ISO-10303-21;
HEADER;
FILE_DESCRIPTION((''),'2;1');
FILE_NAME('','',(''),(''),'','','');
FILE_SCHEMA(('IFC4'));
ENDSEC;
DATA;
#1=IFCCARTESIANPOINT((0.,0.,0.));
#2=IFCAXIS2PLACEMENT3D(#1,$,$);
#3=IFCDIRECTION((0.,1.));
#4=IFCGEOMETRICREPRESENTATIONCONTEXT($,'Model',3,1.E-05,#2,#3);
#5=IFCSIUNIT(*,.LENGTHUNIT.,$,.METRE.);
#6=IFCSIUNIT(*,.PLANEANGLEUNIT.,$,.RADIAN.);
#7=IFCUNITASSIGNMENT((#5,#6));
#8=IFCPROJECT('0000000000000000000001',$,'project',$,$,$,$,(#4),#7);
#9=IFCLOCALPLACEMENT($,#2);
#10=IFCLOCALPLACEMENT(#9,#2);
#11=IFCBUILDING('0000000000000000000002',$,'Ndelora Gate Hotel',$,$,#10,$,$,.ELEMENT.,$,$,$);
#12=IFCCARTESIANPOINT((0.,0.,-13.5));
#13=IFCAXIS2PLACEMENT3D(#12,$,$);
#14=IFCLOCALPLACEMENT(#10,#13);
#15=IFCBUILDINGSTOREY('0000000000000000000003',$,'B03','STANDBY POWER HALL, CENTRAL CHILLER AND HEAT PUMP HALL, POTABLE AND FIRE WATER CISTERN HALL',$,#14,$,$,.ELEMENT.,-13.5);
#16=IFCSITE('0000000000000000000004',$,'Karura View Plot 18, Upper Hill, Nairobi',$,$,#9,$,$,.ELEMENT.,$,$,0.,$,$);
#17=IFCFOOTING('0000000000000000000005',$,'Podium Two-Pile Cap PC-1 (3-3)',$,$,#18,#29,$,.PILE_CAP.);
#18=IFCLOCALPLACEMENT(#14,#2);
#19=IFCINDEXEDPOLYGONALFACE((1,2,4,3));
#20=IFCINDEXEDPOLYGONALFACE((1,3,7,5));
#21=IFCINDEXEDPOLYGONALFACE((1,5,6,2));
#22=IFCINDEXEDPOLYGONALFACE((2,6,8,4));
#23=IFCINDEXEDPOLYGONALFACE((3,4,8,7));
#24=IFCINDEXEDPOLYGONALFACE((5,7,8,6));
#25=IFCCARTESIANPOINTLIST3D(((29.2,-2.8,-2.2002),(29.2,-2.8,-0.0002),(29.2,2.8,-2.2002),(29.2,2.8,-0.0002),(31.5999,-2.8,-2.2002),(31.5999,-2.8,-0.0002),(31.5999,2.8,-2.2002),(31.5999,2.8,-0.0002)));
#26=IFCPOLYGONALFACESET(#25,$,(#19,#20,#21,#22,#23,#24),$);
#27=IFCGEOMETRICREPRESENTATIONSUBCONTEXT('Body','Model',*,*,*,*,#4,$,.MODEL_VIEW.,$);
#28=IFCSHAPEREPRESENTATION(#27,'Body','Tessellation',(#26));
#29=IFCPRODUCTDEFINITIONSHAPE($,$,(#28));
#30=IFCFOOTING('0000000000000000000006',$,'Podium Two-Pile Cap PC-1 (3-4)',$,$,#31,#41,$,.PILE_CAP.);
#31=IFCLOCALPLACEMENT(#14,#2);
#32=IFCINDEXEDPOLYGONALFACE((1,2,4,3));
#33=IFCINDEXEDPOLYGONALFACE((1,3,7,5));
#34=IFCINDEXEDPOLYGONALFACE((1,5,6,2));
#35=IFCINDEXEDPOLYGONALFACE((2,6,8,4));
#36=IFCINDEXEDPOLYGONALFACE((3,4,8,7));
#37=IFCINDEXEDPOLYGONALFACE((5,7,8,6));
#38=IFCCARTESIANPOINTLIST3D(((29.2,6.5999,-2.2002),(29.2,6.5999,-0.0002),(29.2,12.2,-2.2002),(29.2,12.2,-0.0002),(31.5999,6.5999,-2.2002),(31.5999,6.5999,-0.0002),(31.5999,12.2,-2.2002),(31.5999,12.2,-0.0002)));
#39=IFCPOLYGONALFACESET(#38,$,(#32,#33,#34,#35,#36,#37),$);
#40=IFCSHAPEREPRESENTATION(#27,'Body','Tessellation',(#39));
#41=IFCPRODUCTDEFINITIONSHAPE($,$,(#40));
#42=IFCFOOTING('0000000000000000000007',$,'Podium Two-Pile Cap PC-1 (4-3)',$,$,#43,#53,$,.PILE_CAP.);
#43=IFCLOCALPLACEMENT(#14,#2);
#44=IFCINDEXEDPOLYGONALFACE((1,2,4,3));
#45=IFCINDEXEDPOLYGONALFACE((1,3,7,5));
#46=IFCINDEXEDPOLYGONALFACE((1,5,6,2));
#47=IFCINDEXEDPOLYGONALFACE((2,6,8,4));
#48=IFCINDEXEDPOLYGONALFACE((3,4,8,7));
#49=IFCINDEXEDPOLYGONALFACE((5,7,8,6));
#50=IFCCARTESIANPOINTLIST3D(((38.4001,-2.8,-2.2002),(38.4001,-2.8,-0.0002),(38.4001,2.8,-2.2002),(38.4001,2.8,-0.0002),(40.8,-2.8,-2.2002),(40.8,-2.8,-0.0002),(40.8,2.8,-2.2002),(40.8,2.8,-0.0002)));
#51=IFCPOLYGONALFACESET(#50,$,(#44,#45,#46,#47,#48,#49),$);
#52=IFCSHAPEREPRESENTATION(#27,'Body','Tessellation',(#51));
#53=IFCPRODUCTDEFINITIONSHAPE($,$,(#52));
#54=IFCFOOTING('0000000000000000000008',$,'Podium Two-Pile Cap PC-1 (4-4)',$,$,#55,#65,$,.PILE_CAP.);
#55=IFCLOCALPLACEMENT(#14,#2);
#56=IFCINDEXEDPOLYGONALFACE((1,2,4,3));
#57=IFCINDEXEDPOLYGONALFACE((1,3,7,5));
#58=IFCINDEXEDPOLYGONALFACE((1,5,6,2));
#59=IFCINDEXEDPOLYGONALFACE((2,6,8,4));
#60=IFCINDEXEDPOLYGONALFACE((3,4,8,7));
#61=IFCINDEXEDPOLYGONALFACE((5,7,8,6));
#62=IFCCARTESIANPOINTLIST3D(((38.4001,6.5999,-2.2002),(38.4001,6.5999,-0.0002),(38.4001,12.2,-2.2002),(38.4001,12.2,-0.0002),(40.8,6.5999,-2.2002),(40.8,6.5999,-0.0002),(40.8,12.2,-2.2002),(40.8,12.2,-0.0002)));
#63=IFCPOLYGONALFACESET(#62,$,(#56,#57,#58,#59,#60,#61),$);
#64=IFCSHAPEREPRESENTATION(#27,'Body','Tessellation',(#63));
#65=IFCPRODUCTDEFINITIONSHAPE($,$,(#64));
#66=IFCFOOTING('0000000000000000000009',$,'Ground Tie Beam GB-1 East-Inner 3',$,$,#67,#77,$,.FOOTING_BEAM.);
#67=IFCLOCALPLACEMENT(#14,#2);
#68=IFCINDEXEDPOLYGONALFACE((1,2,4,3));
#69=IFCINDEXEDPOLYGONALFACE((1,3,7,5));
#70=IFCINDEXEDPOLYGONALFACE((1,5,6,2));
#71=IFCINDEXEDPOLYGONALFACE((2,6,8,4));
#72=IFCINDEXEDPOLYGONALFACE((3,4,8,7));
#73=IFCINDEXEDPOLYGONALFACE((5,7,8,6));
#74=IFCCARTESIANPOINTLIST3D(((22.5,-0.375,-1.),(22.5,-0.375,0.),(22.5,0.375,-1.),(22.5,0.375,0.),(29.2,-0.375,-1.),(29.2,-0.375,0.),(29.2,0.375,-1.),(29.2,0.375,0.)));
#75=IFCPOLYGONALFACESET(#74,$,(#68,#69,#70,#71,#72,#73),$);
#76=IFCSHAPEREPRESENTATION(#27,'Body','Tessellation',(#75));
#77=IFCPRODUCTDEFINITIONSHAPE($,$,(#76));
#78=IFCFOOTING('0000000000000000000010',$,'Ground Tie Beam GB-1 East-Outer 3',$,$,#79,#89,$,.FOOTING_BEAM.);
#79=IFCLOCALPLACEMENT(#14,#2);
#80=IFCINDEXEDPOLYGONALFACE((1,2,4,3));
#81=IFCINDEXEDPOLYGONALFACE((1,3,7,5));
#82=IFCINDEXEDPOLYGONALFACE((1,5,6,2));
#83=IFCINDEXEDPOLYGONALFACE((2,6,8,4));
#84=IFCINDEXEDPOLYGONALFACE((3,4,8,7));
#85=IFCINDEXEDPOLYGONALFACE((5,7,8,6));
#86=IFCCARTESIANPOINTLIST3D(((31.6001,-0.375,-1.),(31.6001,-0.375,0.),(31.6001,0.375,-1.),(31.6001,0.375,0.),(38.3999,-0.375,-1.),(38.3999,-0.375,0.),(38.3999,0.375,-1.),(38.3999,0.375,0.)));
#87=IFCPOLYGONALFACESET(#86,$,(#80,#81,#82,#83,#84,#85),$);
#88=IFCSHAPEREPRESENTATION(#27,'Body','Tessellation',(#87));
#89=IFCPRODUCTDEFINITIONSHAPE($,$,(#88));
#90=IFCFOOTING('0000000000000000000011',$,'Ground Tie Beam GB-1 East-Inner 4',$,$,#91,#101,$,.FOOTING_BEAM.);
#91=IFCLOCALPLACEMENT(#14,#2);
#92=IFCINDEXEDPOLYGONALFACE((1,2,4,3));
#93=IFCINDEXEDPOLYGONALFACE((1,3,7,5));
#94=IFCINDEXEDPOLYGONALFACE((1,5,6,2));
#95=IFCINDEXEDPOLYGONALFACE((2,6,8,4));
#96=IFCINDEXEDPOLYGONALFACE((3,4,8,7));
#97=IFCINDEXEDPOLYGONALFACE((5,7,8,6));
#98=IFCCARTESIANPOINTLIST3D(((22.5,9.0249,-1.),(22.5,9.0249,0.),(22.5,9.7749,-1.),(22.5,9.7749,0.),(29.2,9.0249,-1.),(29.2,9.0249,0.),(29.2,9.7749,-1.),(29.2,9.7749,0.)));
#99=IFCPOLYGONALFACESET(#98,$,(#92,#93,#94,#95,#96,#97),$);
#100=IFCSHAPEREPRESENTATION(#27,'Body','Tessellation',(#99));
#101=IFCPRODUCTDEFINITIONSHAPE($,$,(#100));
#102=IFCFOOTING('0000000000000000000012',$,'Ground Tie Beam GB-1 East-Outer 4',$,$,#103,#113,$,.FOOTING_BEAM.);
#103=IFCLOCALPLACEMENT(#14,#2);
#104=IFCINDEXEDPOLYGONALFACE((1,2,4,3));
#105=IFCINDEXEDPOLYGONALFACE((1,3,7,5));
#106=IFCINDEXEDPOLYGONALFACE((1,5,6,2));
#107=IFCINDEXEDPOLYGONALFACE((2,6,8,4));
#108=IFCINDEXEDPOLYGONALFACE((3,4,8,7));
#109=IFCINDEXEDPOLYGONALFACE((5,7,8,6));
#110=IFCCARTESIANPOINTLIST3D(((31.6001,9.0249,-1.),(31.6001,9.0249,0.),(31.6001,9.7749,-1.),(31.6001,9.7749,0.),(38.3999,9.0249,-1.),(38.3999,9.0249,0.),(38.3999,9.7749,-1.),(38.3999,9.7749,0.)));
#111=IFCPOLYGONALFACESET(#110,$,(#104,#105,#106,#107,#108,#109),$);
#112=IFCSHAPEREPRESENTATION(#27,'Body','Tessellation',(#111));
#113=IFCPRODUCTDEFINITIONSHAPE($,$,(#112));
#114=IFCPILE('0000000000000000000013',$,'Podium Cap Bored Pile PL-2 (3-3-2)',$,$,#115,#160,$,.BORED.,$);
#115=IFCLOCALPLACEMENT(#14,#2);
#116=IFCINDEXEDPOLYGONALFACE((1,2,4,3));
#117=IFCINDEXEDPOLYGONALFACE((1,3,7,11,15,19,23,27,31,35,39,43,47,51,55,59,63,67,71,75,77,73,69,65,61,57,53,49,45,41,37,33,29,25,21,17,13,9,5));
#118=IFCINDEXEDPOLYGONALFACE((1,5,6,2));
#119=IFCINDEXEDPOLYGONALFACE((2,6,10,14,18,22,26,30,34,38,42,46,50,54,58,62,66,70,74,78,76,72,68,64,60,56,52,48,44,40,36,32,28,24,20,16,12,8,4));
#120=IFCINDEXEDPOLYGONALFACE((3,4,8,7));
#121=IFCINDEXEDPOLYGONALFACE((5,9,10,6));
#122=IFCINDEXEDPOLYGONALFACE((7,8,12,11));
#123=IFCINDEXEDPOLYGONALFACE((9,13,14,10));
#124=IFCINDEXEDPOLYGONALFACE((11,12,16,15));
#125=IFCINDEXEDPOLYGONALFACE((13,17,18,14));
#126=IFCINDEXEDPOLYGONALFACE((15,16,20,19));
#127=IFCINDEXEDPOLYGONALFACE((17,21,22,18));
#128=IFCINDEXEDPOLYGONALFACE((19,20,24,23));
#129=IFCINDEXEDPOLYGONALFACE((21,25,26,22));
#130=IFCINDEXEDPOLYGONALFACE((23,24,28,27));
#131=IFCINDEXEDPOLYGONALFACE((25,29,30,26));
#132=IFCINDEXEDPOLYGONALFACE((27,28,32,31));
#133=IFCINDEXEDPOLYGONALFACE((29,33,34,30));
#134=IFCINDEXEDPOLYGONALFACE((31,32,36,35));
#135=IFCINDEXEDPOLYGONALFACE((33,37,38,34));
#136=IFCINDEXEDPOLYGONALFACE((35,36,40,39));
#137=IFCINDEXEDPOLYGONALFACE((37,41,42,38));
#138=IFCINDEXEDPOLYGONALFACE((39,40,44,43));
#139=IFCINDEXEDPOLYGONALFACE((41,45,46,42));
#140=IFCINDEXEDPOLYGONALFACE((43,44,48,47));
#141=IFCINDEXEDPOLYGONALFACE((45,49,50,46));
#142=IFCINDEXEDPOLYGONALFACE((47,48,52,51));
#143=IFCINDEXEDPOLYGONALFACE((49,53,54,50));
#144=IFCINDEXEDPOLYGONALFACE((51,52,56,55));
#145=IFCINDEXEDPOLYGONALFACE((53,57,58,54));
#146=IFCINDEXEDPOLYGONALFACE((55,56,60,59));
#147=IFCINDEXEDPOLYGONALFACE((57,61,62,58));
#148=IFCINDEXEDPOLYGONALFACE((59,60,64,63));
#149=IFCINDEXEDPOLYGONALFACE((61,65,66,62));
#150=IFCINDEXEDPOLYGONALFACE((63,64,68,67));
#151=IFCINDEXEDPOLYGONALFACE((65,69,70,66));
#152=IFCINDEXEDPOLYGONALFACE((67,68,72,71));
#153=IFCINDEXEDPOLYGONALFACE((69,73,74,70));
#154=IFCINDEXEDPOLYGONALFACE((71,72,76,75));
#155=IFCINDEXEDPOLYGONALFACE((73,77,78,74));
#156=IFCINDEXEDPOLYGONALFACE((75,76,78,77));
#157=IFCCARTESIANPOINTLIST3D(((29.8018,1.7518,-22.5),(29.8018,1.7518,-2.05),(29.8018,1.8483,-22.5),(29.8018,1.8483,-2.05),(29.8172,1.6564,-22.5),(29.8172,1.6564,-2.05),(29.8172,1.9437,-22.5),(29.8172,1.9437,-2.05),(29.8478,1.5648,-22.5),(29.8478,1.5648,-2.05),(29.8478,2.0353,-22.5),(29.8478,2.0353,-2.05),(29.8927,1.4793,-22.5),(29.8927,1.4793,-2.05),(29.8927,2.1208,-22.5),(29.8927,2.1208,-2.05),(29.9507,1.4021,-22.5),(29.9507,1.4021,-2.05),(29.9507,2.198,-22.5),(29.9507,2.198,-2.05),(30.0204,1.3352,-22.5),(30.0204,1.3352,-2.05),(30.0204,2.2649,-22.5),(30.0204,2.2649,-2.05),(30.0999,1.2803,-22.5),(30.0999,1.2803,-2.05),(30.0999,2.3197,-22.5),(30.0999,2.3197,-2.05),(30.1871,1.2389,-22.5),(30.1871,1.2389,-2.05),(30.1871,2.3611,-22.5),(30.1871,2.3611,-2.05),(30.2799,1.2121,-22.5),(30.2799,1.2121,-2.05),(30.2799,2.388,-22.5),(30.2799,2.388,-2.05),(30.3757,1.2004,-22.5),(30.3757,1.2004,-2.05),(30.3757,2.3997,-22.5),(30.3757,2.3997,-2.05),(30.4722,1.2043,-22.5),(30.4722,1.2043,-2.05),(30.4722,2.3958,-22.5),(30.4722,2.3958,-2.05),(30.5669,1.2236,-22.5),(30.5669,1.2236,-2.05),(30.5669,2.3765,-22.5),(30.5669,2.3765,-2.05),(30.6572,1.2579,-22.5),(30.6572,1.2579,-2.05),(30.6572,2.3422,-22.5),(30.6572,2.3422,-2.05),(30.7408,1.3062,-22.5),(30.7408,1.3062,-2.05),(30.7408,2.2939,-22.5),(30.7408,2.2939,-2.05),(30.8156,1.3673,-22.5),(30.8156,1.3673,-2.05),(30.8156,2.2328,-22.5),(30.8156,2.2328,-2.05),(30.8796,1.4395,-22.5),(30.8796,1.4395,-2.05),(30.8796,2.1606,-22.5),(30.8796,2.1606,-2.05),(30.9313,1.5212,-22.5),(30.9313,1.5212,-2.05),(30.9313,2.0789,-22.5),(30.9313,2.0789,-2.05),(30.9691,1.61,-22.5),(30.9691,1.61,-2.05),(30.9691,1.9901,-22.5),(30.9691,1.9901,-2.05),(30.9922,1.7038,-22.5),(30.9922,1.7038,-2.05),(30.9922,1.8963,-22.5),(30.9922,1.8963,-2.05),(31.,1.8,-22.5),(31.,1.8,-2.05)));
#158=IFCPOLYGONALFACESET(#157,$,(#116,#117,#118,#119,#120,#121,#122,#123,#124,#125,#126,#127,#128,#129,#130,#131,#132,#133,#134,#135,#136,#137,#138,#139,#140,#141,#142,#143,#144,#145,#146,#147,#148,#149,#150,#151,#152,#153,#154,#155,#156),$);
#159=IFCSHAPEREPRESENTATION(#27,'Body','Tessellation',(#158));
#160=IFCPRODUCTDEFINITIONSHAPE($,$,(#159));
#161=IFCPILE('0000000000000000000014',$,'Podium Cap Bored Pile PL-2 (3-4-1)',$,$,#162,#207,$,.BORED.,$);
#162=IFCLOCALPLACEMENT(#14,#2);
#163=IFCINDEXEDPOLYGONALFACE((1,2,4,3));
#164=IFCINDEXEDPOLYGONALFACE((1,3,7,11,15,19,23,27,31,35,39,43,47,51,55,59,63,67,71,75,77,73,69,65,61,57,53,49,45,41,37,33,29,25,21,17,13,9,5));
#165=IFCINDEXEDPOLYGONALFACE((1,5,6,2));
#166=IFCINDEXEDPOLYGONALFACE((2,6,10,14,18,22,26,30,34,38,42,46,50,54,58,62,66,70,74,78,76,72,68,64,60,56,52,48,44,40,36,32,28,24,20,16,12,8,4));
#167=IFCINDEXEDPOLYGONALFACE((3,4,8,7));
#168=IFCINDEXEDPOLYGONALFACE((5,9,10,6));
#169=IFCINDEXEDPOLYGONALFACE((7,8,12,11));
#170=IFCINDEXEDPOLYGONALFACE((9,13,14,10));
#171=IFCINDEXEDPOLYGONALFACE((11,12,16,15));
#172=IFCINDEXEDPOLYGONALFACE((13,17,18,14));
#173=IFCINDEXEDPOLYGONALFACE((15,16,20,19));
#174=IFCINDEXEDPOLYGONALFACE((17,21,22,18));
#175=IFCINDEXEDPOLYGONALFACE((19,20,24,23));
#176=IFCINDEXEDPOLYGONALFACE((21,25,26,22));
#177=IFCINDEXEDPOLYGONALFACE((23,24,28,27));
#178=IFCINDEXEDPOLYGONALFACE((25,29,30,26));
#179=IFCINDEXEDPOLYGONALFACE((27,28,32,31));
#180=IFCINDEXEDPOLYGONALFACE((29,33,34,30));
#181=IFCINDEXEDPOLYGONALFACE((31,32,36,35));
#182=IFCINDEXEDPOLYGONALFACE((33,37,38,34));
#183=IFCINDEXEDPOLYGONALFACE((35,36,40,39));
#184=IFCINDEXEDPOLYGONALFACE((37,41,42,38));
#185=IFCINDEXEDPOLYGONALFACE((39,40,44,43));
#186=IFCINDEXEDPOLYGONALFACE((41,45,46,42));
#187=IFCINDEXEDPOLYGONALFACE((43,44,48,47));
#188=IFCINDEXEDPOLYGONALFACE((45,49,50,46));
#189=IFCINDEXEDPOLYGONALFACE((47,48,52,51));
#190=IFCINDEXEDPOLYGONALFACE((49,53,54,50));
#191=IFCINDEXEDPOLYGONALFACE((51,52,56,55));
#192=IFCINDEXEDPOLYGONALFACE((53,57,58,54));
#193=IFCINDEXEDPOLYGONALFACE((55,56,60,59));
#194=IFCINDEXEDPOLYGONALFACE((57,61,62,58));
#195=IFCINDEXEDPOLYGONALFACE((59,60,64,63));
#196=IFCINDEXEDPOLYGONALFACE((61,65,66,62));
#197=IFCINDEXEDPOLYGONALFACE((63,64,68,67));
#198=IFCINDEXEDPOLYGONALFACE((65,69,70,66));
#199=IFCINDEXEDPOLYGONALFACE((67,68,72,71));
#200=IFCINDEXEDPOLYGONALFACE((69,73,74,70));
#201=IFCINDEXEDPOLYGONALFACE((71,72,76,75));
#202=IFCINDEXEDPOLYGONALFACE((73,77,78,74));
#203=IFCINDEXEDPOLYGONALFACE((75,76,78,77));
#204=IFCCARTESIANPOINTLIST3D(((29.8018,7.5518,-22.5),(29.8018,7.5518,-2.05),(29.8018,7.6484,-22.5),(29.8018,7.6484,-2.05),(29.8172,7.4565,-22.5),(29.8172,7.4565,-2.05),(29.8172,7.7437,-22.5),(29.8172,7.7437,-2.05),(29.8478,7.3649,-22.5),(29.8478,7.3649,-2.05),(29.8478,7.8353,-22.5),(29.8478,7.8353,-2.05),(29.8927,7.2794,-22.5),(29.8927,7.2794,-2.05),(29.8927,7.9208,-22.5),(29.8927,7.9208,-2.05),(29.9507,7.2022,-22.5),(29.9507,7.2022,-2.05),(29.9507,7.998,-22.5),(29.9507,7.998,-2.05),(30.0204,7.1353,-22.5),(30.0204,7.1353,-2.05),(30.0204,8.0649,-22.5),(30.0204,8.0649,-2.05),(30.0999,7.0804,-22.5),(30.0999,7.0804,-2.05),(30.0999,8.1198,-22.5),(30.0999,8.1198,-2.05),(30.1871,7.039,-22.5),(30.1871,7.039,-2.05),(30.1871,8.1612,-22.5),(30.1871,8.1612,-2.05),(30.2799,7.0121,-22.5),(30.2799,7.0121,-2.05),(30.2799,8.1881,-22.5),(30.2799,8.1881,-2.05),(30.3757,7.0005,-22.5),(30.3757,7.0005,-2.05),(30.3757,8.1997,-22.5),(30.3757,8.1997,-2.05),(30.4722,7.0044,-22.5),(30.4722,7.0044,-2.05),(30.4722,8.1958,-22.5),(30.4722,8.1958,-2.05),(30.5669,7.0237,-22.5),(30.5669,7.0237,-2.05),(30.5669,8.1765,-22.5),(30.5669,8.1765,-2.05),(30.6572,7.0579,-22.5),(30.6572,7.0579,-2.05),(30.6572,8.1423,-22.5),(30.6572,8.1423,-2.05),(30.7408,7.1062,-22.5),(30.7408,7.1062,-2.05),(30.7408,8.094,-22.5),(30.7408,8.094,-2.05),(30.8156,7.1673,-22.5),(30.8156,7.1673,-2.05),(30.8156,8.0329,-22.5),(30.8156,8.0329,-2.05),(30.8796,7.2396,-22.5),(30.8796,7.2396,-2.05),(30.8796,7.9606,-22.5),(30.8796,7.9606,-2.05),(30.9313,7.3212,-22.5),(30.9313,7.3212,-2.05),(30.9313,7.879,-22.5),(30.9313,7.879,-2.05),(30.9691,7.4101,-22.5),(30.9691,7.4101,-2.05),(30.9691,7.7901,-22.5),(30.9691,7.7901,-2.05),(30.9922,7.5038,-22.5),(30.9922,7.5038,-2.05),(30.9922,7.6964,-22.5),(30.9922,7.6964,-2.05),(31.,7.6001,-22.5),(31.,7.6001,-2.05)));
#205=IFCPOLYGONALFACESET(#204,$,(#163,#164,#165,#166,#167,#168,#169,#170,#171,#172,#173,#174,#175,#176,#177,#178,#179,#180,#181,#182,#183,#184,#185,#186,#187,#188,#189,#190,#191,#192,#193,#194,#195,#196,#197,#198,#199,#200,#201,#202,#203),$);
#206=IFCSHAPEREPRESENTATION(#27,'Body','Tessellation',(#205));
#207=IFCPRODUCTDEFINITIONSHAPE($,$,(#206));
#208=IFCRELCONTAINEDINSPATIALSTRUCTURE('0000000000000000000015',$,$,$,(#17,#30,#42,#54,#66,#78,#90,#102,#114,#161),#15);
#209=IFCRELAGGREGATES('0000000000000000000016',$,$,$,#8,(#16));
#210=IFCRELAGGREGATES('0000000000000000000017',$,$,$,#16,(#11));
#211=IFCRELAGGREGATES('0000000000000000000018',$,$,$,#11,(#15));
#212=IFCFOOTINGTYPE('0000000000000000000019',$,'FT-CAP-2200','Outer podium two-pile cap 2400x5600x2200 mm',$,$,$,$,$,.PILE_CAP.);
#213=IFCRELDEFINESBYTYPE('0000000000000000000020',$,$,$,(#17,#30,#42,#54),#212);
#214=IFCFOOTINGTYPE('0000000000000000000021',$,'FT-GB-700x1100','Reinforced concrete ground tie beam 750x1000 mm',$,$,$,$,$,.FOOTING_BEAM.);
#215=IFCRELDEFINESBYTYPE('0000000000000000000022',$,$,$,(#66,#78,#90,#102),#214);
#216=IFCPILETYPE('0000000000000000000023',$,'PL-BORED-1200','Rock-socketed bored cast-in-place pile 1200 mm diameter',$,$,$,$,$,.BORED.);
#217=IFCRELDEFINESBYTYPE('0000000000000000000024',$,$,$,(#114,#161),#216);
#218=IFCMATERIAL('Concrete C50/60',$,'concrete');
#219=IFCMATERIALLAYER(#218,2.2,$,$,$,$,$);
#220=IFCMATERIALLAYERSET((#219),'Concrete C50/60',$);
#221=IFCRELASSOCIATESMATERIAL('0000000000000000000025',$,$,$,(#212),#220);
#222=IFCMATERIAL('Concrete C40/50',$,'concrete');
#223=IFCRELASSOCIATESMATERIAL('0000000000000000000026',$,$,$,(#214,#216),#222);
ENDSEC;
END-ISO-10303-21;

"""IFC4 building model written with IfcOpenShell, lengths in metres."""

from ifc_helpers import new_model, si_unit, direction, frame, origin, origin_2d, place, context, subcontext, project, spatial, rectangle, circle, extrude, material, layer, layer_set, material_profile, profile_set, type_object, element, save


model = new_model("IFC4")

# Units and contexts
model_context = context("Model", 3, precision=1e-05, world=origin(), true_north=direction((0.0, 1.0)))
body_context = subcontext(model_context, "Body", "Model", "MODEL_VIEW")
ifc_project = project(units=[si_unit("LENGTHUNIT", "METRE"), si_unit("PLANEANGLEUNIT", "RADIAN")], contexts=[model_context])

# Site, building, storey
site_placement = place(None, origin())
site = spatial("IfcSite", under=ifc_project, at=site_placement, Name="Karura View Plot 18, Upper Hill, Nairobi", CompositionType="ELEMENT", RefElevation=0.0)
building_placement = place(site_placement, origin())
building = spatial("IfcBuilding", under=site, at=building_placement, Name="Ndelora Gate Hotel", CompositionType="ELEMENT")
storey_placement = place(building_placement, frame((0.0, 0.0, -13.5)))
storey = spatial("IfcBuildingStorey", under=building, at=storey_placement, Name="B03", Description="STANDBY POWER HALL, CENTRAL CHILLER AND HEAT PUMP HALL, POTABLE AND FIRE WATER CISTERN HALL", CompositionType="ELEMENT", Elevation=-13.5)

# Footings
ifc_material_1 = material(Name="Concrete C50/60", Category="concrete")
ifc_layer_1 = layer(ifc_material_1, 2.2)
ifc_layer_set_1 = layer_set([ifc_layer_1], Name="Concrete C50/60")
footing_type_1 = type_object("IfcFootingType", Name="FT-CAP-2200", Description="Outer podium two-pile cap 2400x5600x2200 mm", PredefinedType="PILE_CAP", material=ifc_layer_set_1)
for number, where, z_axis, x_axis, name in (
    (1, (30.3999, 0.0, -2.2002), (0.0, 0.0, 1.0), (1.0, 0.0, 0.0), "Podium Two-Pile Cap PC-1 (3-3)"),
    (2, (30.3999, 9.3999, -2.2002), (0.0, 0.0, 1.0), (1.0, 0.0, 0.0), "Podium Two-Pile Cap PC-1 (3-4)"),
    (3, (39.6001, 0.0, -2.2002), (0.0, 0.0, 1.0), (1.0, 0.0, 0.0), "Podium Two-Pile Cap PC-1 (4-3)"),
    (4, (39.6001, 9.3999, -2.2002), (0.0, 0.0, 1.0), (1.0, 0.0, 0.0), "Podium Two-Pile Cap PC-1 (4-4)"),
):
    element("IfcFooting", number, at=place(storey_placement, frame(where, z_axis=z_axis, x_axis=x_axis)), inside=storey, type_object=footing_type_1, Name=name, PredefinedType="PILE_CAP", context=body_context, shape_type="SweptSolid", body=[
        extrude(rectangle(XDim=2.3999, YDim=5.6001, at=origin_2d()), origin(), (0.0, 0.0, 1.0), 2.2),
    ])
ifc_material_2 = material(Name="Concrete C40/50", Category="concrete")
ifc_material_profile_1 = material_profile(ifc_material_2, rectangle(XDim=0.75, YDim=1.0, at=origin_2d()), Name="RCB 750x1000")
ifc_profile_set_1 = profile_set([ifc_material_profile_1], Name="Concrete C40/50")
footing_type_2 = type_object("IfcFootingType", Name="FT-GB-700x1100", Description="Reinforced concrete ground tie beam 750x1000 mm", PredefinedType="FOOTING_BEAM", material=ifc_profile_set_1)
footing_1_placement = place(storey_placement, frame((22.5, 0.0, -0.5), z_axis=(1.0, 0.0, 0.0), x_axis=(0.0, 1.0, 0.0)))
element("IfcFooting", 5, at=footing_1_placement, inside=storey, type_object=footing_type_2, Name="Ground Tie Beam GB-1 East-Inner 3", PredefinedType="FOOTING_BEAM", context=body_context, shape_type="SweptSolid", body=[
    extrude(rectangle(XDim=0.75, YDim=1.0, at=origin_2d()), origin(), (0.0, 0.0, 1.0), 6.7),
])
footing_2_placement = place(storey_placement, frame((31.6001, 0.0, -0.5), z_axis=(1.0, 0.0, 0.0), x_axis=(0.0, 1.0, 0.0)))
element("IfcFooting", 6, at=footing_2_placement, inside=storey, type_object=footing_type_2, Name="Ground Tie Beam GB-1 East-Outer 3", PredefinedType="FOOTING_BEAM", context=body_context, shape_type="SweptSolid", body=[
    extrude(rectangle(XDim=0.75, YDim=1.0, at=origin_2d()), origin(), (0.0, 0.0, 1.0), 6.7998),
])
footing_3_placement = place(storey_placement, frame((22.5, 9.3999, -0.5), z_axis=(1.0, 0.0, 0.0), x_axis=(0.0, 1.0, 0.0)))
element("IfcFooting", 7, at=footing_3_placement, inside=storey, type_object=footing_type_2, Name="Ground Tie Beam GB-1 East-Inner 4", PredefinedType="FOOTING_BEAM", context=body_context, shape_type="SweptSolid", body=[
    extrude(rectangle(XDim=0.75, YDim=1.0, at=origin_2d()), origin(), (0.0, 0.0, 1.0), 6.7),
])
footing_4_placement = place(storey_placement, frame((31.6001, 9.3999, -0.5), z_axis=(1.0, 0.0, 0.0), x_axis=(0.0, 1.0, 0.0)))
element("IfcFooting", 8, at=footing_4_placement, inside=storey, type_object=footing_type_2, Name="Ground Tie Beam GB-1 East-Outer 4", PredefinedType="FOOTING_BEAM", context=body_context, shape_type="SweptSolid", body=[
    extrude(rectangle(XDim=0.75, YDim=1.0, at=origin_2d()), origin(), (0.0, 0.0, 1.0), 6.7998),
])

# Piles
ifc_material_profile_2 = material_profile(ifc_material_2, circle(Radius=0.6001, at=origin_2d()), Name="PILE D1200")
ifc_profile_set_2 = profile_set([ifc_material_profile_2], Name="Concrete C40/50")
pile_type = type_object("IfcPileType", Name="PL-BORED-1200", Description="Rock-socketed bored cast-in-place pile 1200 mm diameter", PredefinedType="BORED", material=ifc_profile_set_2)
for number, where, z_axis, x_axis, name in (
    (9, (30.3999, 1.8, -2.05), (0.0, 0.0, -1.0), (1.0, 0.0, 0.0), "Podium Cap Bored Pile PL-2 (3-3-2)"),
    (10, (30.3999, 7.6001, -2.05), (0.0, 0.0, -1.0), (1.0, 0.0, 0.0), "Podium Cap Bored Pile PL-2 (3-4-1)"),
):
    element("IfcPile", number, at=place(storey_placement, frame(where, z_axis=z_axis, x_axis=x_axis)), inside=storey, type_object=pile_type, Name=name, PredefinedType="BORED", context=body_context, shape_type="SweptSolid", body=[
        extrude(circle(Radius=0.6001, at=origin_2d()), origin(), (0.0, 0.0, 1.0), 20.45),
    ])

save(model, "model.ifc")
